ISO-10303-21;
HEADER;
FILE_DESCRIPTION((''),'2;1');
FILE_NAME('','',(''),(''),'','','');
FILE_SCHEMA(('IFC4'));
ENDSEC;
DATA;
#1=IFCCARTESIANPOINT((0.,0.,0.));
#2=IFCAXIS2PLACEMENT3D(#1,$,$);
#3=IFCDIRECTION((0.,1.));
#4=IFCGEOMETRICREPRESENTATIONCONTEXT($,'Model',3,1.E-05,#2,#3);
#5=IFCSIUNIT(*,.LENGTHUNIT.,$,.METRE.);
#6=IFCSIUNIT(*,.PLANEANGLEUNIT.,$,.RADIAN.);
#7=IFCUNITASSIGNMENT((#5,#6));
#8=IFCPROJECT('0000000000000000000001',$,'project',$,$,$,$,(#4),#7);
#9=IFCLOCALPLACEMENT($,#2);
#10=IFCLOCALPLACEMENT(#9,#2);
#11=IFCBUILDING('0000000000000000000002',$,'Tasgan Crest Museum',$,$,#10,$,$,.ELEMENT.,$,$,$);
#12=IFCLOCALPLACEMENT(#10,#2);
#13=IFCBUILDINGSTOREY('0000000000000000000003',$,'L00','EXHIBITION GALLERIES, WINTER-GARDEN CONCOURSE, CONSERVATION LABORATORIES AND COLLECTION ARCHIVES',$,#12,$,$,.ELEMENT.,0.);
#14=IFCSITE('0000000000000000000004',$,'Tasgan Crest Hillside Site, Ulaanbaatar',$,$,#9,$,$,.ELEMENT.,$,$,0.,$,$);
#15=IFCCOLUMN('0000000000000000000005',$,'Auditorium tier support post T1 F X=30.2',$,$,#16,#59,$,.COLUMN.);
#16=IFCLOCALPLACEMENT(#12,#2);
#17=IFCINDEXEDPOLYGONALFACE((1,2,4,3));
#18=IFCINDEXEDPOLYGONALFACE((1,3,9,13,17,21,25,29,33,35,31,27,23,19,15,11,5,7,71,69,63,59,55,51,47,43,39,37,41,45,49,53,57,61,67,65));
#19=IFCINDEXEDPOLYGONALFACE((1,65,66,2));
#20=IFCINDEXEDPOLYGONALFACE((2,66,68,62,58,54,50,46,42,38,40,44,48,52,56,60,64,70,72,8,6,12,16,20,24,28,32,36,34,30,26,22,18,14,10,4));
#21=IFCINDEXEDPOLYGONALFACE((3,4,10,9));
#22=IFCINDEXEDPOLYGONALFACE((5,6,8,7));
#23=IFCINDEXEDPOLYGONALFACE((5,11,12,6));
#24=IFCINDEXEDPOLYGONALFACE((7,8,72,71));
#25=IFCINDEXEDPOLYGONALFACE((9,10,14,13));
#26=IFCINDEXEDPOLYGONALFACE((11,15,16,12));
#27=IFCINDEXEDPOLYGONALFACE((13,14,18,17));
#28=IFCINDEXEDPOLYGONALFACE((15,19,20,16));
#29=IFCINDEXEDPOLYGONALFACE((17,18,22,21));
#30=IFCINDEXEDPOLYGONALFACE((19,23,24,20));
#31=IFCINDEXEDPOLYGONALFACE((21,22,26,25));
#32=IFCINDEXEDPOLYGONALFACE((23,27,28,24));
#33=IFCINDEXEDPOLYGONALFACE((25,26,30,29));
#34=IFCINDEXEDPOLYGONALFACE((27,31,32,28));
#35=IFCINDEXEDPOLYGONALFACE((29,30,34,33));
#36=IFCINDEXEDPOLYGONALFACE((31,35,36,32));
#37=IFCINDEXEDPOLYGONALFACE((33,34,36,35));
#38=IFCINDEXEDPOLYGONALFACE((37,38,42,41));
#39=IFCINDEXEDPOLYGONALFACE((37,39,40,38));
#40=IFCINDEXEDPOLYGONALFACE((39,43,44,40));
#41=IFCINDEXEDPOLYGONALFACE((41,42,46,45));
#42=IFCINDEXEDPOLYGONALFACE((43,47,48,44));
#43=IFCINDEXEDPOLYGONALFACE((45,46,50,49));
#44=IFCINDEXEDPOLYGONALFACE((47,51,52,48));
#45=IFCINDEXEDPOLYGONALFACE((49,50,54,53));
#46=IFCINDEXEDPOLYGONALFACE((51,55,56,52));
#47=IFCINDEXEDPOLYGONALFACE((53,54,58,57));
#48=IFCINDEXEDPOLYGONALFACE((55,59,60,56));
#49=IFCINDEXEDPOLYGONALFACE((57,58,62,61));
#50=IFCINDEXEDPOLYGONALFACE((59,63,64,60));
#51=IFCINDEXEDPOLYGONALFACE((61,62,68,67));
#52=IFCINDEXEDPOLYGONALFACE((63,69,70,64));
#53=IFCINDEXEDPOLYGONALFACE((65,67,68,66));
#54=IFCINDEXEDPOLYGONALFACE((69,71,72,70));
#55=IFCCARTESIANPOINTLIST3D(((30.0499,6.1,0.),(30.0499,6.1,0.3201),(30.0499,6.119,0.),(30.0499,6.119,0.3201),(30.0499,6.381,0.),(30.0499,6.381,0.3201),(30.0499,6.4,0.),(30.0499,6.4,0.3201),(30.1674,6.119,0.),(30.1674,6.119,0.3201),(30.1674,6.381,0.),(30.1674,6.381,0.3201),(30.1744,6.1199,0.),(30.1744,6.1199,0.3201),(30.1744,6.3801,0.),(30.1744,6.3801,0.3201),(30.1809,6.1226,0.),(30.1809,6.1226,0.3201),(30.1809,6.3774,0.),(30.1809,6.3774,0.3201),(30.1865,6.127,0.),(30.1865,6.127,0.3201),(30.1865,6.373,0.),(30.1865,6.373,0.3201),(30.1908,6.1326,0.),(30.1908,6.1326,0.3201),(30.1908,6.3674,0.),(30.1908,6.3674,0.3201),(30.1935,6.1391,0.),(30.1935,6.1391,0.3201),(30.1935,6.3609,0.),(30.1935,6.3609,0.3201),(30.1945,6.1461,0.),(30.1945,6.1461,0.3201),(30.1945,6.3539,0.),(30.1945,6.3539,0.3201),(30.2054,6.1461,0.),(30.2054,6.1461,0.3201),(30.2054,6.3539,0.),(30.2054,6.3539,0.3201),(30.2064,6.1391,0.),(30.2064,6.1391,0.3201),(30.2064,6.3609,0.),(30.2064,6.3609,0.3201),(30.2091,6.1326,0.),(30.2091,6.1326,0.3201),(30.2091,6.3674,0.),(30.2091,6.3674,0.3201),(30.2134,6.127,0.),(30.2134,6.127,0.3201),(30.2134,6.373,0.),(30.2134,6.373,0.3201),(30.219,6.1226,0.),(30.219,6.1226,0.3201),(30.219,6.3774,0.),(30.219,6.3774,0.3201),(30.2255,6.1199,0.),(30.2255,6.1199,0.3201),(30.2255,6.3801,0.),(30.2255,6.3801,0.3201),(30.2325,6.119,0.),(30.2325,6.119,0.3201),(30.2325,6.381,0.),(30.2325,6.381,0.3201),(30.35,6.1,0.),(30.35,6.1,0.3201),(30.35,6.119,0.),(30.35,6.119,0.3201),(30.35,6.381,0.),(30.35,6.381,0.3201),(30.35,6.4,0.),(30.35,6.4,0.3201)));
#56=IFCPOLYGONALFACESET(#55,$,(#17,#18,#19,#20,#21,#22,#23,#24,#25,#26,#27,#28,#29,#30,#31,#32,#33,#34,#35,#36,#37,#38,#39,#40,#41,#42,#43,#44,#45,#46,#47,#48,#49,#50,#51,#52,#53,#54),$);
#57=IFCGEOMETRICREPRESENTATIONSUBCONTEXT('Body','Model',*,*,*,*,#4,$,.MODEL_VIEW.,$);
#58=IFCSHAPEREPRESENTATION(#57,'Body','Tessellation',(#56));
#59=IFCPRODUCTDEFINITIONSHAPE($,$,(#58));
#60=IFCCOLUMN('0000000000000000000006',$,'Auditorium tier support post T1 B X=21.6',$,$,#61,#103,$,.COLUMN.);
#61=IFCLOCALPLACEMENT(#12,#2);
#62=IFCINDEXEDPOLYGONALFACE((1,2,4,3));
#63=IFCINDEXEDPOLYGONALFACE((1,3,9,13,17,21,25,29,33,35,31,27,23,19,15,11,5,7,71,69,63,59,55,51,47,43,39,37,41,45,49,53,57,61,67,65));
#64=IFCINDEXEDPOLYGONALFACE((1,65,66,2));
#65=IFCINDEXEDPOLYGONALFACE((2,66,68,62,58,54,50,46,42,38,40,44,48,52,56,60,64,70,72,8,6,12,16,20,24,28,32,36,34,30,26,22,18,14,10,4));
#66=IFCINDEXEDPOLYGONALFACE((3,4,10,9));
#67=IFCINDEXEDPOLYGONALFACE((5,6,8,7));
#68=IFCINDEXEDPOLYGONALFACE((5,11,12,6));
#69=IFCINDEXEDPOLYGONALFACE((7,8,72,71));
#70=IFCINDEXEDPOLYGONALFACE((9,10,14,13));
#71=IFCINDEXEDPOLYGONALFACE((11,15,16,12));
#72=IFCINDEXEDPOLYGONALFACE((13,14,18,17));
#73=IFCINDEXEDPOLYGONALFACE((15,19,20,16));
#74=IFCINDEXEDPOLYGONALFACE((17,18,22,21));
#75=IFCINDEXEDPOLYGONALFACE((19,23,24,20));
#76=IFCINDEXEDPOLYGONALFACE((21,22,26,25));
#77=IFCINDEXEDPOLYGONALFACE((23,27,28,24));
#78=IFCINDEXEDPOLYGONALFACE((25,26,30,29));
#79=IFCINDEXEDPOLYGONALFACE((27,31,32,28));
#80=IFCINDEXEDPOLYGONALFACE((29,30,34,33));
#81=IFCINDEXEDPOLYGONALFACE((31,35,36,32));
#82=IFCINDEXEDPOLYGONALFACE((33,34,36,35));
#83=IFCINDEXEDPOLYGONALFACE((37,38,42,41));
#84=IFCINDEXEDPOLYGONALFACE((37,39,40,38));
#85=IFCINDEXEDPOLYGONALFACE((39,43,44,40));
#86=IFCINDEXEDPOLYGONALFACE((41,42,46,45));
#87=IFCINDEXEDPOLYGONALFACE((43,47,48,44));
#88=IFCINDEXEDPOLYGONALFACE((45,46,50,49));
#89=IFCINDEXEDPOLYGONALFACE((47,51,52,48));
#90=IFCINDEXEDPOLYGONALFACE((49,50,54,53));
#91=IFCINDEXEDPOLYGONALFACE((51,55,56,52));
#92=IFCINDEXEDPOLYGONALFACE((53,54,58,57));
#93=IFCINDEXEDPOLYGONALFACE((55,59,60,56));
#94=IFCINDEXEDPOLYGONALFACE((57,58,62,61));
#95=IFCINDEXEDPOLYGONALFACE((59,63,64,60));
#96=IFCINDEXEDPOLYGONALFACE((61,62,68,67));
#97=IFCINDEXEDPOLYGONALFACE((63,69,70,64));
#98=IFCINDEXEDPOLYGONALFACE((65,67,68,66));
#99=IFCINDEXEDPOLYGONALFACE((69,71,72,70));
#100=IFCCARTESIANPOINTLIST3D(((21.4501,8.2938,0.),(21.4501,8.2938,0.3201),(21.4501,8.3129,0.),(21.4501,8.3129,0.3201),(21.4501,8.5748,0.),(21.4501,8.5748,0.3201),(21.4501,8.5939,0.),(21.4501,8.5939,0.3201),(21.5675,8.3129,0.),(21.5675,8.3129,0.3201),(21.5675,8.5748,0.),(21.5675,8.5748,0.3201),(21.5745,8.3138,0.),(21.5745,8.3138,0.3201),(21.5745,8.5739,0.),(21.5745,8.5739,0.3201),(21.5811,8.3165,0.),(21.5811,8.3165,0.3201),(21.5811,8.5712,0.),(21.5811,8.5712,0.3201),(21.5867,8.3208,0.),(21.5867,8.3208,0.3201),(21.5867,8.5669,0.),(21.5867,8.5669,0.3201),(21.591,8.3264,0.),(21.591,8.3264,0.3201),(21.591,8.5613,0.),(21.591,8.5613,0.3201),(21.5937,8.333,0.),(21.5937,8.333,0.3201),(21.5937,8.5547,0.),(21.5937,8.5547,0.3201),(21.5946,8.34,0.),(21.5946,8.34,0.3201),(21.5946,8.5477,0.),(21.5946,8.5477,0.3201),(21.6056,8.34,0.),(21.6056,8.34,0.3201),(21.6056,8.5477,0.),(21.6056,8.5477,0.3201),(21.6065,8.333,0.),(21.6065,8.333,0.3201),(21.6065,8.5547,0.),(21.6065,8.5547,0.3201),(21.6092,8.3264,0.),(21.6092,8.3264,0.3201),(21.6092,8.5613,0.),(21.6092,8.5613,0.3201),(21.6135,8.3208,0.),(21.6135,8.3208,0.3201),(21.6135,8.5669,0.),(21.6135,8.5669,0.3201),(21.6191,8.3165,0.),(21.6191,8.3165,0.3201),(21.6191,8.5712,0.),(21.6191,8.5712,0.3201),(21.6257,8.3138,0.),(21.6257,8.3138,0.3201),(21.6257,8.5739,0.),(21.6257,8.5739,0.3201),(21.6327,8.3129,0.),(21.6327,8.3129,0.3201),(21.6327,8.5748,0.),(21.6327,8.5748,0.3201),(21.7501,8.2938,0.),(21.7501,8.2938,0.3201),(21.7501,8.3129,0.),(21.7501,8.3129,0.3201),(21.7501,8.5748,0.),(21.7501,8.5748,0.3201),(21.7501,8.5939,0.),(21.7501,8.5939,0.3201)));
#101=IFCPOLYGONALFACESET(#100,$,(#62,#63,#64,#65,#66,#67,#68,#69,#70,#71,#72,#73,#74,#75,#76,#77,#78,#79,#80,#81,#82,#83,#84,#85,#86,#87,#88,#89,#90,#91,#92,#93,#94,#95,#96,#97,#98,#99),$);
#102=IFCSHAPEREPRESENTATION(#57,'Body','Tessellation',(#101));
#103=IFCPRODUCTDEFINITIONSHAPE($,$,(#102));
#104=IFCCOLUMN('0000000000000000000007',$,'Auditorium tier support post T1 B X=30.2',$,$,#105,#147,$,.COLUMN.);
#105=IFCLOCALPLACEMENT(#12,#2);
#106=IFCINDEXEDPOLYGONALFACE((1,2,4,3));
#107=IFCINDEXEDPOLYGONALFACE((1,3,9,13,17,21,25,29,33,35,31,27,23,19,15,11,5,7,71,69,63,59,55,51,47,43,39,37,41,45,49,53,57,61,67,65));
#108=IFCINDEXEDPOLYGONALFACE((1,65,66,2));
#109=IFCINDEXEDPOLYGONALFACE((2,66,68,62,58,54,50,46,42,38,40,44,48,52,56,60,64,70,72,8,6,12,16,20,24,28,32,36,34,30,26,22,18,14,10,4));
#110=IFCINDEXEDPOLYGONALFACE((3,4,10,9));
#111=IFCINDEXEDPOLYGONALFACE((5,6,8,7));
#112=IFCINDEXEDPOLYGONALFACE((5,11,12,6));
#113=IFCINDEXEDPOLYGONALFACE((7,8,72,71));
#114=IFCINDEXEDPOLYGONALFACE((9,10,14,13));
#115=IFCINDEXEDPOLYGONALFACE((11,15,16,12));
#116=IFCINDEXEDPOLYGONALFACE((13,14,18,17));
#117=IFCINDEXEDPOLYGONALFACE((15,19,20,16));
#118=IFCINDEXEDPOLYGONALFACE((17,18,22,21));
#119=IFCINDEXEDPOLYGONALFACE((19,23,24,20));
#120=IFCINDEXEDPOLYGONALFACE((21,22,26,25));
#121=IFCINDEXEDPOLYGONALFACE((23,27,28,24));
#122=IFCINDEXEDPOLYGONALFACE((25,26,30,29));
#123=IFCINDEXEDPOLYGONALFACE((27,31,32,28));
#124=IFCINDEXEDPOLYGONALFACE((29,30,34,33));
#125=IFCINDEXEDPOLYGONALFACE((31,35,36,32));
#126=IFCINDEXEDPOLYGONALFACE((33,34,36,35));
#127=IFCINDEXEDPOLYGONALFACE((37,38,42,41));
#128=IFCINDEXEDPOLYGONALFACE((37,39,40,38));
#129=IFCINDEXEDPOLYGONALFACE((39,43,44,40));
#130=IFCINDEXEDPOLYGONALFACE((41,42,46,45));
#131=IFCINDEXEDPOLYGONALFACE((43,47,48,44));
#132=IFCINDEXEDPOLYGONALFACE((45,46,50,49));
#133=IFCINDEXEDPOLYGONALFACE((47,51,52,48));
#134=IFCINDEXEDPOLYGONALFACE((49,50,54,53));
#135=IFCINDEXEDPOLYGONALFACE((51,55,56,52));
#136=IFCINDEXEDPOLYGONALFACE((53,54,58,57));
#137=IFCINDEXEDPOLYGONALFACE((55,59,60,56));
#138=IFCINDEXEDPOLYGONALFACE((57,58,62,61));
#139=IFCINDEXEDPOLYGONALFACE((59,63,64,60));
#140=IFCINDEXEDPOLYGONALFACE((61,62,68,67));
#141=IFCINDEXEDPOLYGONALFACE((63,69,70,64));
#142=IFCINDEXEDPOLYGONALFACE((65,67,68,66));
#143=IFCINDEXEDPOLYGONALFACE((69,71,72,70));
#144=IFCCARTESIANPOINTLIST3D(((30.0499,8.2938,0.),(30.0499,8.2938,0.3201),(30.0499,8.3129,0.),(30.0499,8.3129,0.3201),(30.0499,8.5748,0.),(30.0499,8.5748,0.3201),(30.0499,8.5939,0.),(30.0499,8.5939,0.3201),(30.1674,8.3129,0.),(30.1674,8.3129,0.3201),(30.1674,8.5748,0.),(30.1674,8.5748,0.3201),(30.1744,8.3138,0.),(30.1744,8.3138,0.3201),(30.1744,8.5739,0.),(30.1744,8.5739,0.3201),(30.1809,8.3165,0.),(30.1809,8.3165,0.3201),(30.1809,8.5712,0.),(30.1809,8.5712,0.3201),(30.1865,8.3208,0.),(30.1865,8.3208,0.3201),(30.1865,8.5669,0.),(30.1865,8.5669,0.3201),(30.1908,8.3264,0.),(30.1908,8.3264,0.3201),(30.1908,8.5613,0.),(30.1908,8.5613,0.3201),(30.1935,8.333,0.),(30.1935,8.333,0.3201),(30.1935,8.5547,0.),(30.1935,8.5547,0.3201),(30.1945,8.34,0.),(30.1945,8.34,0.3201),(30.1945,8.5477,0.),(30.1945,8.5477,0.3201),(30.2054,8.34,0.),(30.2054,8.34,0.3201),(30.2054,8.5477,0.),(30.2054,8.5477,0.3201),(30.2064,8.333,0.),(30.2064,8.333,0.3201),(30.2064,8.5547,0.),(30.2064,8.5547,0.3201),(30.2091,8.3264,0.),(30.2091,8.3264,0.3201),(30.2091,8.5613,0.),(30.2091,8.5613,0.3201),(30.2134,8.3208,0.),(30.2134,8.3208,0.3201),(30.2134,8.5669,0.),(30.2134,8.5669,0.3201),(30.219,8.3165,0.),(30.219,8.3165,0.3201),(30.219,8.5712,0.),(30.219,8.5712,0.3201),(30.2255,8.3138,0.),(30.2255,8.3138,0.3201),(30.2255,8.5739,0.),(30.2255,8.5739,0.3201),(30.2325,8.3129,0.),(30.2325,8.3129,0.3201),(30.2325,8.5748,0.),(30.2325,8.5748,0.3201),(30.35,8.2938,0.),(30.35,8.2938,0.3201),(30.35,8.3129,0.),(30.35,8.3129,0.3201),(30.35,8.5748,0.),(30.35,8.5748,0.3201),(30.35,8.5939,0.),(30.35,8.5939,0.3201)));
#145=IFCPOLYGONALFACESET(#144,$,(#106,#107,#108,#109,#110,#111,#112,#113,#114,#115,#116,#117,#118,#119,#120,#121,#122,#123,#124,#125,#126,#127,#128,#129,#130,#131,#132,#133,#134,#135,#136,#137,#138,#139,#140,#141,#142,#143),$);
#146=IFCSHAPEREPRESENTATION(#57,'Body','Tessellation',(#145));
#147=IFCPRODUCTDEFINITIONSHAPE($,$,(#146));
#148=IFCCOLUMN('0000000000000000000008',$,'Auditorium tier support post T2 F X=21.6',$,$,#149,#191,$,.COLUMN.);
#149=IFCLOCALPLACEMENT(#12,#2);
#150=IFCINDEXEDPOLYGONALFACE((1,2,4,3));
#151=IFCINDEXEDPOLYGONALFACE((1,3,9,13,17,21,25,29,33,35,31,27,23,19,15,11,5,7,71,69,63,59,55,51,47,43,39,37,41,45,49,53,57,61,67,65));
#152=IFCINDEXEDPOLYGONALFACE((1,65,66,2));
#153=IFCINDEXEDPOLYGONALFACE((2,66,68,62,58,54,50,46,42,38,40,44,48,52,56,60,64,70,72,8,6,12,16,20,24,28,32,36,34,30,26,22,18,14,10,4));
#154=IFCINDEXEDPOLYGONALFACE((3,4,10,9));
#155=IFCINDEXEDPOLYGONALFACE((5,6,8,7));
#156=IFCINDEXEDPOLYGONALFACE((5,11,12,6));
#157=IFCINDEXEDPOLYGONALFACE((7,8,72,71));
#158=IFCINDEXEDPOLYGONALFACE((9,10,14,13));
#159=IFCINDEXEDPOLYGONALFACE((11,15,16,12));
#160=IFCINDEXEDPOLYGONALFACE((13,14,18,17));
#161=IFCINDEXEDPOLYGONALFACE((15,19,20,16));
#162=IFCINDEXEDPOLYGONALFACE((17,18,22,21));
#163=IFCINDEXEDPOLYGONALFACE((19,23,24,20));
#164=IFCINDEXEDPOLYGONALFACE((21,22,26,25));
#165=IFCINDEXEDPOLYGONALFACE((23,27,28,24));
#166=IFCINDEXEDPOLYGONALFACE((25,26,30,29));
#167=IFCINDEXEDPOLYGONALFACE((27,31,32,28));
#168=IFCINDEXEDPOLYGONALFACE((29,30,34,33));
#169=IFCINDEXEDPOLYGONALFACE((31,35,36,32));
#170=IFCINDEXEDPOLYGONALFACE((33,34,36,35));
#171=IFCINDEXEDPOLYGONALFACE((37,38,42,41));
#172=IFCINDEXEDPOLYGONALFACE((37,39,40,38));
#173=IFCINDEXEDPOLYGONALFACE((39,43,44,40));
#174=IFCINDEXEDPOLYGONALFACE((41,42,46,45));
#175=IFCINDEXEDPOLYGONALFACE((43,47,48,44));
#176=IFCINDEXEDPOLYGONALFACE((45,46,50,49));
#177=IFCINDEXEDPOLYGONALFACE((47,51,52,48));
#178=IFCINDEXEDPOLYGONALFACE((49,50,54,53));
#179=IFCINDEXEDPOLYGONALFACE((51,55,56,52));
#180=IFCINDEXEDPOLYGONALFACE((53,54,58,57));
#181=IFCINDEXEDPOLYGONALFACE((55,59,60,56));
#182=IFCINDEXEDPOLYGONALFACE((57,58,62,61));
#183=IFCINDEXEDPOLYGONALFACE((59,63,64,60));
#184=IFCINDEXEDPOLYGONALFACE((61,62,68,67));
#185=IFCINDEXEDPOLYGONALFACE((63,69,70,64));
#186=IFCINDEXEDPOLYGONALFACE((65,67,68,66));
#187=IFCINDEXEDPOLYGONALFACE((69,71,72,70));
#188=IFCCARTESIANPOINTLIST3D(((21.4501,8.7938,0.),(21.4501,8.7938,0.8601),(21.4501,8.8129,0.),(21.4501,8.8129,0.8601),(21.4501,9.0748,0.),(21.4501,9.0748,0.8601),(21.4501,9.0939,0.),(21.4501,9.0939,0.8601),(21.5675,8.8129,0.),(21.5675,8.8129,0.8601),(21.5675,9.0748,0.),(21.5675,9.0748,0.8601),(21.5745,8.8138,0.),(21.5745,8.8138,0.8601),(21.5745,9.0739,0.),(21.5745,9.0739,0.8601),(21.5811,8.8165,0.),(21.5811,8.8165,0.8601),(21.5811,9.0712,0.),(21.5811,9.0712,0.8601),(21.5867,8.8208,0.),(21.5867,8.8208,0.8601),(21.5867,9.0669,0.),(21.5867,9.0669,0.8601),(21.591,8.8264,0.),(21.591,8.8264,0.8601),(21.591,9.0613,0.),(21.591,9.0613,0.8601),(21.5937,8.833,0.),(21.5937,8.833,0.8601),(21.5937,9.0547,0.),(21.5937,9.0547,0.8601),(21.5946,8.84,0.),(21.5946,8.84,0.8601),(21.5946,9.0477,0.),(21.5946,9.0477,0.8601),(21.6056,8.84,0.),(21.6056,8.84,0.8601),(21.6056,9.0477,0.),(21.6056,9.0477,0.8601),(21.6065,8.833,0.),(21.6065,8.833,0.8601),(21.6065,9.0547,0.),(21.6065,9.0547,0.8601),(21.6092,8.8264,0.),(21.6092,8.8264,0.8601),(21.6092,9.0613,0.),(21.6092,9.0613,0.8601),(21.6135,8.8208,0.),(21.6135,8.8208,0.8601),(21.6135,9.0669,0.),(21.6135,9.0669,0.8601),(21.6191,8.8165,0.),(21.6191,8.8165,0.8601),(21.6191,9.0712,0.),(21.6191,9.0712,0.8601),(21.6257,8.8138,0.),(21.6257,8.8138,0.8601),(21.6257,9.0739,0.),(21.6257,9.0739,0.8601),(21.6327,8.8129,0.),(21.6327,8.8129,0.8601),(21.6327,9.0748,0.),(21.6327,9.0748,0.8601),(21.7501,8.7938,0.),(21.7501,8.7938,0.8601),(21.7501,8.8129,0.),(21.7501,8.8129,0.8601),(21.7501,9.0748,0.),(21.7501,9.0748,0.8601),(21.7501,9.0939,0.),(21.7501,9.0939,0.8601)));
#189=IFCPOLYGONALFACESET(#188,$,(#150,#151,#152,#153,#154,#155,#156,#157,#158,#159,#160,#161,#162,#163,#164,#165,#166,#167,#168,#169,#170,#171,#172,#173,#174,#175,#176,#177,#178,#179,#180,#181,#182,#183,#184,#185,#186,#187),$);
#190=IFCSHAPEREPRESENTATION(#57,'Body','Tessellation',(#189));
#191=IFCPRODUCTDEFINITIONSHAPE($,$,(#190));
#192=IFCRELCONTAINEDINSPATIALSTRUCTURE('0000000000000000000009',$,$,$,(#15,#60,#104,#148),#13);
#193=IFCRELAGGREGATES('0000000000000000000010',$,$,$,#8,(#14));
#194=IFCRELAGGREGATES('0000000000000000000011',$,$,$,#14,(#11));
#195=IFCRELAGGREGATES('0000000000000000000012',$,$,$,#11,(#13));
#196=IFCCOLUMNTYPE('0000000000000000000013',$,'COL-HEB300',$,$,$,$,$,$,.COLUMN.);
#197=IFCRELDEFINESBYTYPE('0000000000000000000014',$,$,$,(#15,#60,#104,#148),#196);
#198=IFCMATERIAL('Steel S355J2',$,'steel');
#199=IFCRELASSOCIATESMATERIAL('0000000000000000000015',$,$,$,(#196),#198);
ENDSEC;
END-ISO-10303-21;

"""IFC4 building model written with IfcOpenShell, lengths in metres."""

from ifc_helpers import new_model, si_unit, direction, frame, origin, origin_2d, place, context, subcontext, project, spatial, i_section, extrude, material, material_profile, profile_set, type_object, element, save


model = new_model("IFC4")

# Units and contexts
model_context = context("Model", 3, precision=1e-05, world=origin(), true_north=direction((0.0, 1.0)))
body_context = subcontext(model_context, "Body", "Model", "MODEL_VIEW")
ifc_project = project(units=[si_unit("LENGTHUNIT", "METRE"), si_unit("PLANEANGLEUNIT", "RADIAN")], contexts=[model_context])

# Site, building, storey
site_placement = place(None, origin())
site = spatial("IfcSite", under=ifc_project, at=site_placement, Name="Tasgan Crest Hillside Site, Ulaanbaatar", CompositionType="ELEMENT", RefElevation=0.0)
building_placement = place(site_placement, origin())
building = spatial("IfcBuilding", under=site, at=building_placement, Name="Tasgan Crest Museum", CompositionType="ELEMENT")
storey_placement = place(building_placement, origin())
storey = spatial("IfcBuildingStorey", under=building, at=storey_placement, Name="L00", Description="EXHIBITION GALLERIES, WINTER-GARDEN CONCOURSE, CONSERVATION LABORATORIES AND COLLECTION ARCHIVES", CompositionType="ELEMENT", Elevation=0.0)

# Columns
ifc_material_1 = material(Name="Steel S355J2", Category="steel")
ifc_material_profile_1 = material_profile(ifc_material_1, i_section(OverallWidth=0.3, OverallDepth=0.3, WebThickness=0.011, FlangeThickness=0.019, FilletRadius=0.0271, at=origin_2d()), Name="HEB 300")
ifc_profile_set_1 = profile_set([ifc_material_profile_1], Name="Steel S355J2")
column_type_1 = type_object("IfcColumnType", Name="COL-HEB300", PredefinedType="COLUMN", material=ifc_profile_set_1)
for number, where, z_axis, x_axis, name in (
    (1, (30.2, 6.25, 0.0), (0.0, 0.0, 1.0), (1.0, 0.0, 0.0), "Auditorium tier support post T1 F X=30.2"),
    (2, (21.6001, 8.4438, 0.0), (0.0, 0.0, 1.0), (1.0, 0.0, 0.0), "Auditorium tier support post T1 B X=21.6"),
    (3, (30.2, 8.4438, 0.0), (0.0, 0.0, 1.0), (1.0, 0.0, 0.0), "Auditorium tier support post T1 B X=30.2"),
):
    element("IfcColumn", number, at=place(storey_placement, frame(where, z_axis=z_axis, x_axis=x_axis)), inside=storey, type_object=column_type_1, Name=name, PredefinedType="COLUMN", context=body_context, shape_type="SweptSolid", body=[
        extrude(i_section(OverallWidth=0.3, OverallDepth=0.3, WebThickness=0.011, FlangeThickness=0.019, FilletRadius=0.0271, at=origin_2d()), origin(), (0.0, 0.0, 1.0), 0.3201),
    ])
for number, where, z_axis, x_axis, name in (
    (4, (21.6001, 8.9438, 0.0), (0.0, 0.0, 1.0), (1.0, 0.0, 0.0), "Auditorium tier support post T2 F X=21.6"),
):
    element("IfcColumn", number, at=place(storey_placement, frame(where, z_axis=z_axis, x_axis=x_axis)), inside=storey, type_object=column_type_1, Name=name, PredefinedType="COLUMN", context=body_context, shape_type="SweptSolid", body=[
        extrude(i_section(OverallWidth=0.3, OverallDepth=0.3, WebThickness=0.011, FlangeThickness=0.019, FilletRadius=0.0271, at=origin_2d()), origin(), (0.0, 0.0, 1.0), 0.8601),
    ])

save(model, "model.ifc")
